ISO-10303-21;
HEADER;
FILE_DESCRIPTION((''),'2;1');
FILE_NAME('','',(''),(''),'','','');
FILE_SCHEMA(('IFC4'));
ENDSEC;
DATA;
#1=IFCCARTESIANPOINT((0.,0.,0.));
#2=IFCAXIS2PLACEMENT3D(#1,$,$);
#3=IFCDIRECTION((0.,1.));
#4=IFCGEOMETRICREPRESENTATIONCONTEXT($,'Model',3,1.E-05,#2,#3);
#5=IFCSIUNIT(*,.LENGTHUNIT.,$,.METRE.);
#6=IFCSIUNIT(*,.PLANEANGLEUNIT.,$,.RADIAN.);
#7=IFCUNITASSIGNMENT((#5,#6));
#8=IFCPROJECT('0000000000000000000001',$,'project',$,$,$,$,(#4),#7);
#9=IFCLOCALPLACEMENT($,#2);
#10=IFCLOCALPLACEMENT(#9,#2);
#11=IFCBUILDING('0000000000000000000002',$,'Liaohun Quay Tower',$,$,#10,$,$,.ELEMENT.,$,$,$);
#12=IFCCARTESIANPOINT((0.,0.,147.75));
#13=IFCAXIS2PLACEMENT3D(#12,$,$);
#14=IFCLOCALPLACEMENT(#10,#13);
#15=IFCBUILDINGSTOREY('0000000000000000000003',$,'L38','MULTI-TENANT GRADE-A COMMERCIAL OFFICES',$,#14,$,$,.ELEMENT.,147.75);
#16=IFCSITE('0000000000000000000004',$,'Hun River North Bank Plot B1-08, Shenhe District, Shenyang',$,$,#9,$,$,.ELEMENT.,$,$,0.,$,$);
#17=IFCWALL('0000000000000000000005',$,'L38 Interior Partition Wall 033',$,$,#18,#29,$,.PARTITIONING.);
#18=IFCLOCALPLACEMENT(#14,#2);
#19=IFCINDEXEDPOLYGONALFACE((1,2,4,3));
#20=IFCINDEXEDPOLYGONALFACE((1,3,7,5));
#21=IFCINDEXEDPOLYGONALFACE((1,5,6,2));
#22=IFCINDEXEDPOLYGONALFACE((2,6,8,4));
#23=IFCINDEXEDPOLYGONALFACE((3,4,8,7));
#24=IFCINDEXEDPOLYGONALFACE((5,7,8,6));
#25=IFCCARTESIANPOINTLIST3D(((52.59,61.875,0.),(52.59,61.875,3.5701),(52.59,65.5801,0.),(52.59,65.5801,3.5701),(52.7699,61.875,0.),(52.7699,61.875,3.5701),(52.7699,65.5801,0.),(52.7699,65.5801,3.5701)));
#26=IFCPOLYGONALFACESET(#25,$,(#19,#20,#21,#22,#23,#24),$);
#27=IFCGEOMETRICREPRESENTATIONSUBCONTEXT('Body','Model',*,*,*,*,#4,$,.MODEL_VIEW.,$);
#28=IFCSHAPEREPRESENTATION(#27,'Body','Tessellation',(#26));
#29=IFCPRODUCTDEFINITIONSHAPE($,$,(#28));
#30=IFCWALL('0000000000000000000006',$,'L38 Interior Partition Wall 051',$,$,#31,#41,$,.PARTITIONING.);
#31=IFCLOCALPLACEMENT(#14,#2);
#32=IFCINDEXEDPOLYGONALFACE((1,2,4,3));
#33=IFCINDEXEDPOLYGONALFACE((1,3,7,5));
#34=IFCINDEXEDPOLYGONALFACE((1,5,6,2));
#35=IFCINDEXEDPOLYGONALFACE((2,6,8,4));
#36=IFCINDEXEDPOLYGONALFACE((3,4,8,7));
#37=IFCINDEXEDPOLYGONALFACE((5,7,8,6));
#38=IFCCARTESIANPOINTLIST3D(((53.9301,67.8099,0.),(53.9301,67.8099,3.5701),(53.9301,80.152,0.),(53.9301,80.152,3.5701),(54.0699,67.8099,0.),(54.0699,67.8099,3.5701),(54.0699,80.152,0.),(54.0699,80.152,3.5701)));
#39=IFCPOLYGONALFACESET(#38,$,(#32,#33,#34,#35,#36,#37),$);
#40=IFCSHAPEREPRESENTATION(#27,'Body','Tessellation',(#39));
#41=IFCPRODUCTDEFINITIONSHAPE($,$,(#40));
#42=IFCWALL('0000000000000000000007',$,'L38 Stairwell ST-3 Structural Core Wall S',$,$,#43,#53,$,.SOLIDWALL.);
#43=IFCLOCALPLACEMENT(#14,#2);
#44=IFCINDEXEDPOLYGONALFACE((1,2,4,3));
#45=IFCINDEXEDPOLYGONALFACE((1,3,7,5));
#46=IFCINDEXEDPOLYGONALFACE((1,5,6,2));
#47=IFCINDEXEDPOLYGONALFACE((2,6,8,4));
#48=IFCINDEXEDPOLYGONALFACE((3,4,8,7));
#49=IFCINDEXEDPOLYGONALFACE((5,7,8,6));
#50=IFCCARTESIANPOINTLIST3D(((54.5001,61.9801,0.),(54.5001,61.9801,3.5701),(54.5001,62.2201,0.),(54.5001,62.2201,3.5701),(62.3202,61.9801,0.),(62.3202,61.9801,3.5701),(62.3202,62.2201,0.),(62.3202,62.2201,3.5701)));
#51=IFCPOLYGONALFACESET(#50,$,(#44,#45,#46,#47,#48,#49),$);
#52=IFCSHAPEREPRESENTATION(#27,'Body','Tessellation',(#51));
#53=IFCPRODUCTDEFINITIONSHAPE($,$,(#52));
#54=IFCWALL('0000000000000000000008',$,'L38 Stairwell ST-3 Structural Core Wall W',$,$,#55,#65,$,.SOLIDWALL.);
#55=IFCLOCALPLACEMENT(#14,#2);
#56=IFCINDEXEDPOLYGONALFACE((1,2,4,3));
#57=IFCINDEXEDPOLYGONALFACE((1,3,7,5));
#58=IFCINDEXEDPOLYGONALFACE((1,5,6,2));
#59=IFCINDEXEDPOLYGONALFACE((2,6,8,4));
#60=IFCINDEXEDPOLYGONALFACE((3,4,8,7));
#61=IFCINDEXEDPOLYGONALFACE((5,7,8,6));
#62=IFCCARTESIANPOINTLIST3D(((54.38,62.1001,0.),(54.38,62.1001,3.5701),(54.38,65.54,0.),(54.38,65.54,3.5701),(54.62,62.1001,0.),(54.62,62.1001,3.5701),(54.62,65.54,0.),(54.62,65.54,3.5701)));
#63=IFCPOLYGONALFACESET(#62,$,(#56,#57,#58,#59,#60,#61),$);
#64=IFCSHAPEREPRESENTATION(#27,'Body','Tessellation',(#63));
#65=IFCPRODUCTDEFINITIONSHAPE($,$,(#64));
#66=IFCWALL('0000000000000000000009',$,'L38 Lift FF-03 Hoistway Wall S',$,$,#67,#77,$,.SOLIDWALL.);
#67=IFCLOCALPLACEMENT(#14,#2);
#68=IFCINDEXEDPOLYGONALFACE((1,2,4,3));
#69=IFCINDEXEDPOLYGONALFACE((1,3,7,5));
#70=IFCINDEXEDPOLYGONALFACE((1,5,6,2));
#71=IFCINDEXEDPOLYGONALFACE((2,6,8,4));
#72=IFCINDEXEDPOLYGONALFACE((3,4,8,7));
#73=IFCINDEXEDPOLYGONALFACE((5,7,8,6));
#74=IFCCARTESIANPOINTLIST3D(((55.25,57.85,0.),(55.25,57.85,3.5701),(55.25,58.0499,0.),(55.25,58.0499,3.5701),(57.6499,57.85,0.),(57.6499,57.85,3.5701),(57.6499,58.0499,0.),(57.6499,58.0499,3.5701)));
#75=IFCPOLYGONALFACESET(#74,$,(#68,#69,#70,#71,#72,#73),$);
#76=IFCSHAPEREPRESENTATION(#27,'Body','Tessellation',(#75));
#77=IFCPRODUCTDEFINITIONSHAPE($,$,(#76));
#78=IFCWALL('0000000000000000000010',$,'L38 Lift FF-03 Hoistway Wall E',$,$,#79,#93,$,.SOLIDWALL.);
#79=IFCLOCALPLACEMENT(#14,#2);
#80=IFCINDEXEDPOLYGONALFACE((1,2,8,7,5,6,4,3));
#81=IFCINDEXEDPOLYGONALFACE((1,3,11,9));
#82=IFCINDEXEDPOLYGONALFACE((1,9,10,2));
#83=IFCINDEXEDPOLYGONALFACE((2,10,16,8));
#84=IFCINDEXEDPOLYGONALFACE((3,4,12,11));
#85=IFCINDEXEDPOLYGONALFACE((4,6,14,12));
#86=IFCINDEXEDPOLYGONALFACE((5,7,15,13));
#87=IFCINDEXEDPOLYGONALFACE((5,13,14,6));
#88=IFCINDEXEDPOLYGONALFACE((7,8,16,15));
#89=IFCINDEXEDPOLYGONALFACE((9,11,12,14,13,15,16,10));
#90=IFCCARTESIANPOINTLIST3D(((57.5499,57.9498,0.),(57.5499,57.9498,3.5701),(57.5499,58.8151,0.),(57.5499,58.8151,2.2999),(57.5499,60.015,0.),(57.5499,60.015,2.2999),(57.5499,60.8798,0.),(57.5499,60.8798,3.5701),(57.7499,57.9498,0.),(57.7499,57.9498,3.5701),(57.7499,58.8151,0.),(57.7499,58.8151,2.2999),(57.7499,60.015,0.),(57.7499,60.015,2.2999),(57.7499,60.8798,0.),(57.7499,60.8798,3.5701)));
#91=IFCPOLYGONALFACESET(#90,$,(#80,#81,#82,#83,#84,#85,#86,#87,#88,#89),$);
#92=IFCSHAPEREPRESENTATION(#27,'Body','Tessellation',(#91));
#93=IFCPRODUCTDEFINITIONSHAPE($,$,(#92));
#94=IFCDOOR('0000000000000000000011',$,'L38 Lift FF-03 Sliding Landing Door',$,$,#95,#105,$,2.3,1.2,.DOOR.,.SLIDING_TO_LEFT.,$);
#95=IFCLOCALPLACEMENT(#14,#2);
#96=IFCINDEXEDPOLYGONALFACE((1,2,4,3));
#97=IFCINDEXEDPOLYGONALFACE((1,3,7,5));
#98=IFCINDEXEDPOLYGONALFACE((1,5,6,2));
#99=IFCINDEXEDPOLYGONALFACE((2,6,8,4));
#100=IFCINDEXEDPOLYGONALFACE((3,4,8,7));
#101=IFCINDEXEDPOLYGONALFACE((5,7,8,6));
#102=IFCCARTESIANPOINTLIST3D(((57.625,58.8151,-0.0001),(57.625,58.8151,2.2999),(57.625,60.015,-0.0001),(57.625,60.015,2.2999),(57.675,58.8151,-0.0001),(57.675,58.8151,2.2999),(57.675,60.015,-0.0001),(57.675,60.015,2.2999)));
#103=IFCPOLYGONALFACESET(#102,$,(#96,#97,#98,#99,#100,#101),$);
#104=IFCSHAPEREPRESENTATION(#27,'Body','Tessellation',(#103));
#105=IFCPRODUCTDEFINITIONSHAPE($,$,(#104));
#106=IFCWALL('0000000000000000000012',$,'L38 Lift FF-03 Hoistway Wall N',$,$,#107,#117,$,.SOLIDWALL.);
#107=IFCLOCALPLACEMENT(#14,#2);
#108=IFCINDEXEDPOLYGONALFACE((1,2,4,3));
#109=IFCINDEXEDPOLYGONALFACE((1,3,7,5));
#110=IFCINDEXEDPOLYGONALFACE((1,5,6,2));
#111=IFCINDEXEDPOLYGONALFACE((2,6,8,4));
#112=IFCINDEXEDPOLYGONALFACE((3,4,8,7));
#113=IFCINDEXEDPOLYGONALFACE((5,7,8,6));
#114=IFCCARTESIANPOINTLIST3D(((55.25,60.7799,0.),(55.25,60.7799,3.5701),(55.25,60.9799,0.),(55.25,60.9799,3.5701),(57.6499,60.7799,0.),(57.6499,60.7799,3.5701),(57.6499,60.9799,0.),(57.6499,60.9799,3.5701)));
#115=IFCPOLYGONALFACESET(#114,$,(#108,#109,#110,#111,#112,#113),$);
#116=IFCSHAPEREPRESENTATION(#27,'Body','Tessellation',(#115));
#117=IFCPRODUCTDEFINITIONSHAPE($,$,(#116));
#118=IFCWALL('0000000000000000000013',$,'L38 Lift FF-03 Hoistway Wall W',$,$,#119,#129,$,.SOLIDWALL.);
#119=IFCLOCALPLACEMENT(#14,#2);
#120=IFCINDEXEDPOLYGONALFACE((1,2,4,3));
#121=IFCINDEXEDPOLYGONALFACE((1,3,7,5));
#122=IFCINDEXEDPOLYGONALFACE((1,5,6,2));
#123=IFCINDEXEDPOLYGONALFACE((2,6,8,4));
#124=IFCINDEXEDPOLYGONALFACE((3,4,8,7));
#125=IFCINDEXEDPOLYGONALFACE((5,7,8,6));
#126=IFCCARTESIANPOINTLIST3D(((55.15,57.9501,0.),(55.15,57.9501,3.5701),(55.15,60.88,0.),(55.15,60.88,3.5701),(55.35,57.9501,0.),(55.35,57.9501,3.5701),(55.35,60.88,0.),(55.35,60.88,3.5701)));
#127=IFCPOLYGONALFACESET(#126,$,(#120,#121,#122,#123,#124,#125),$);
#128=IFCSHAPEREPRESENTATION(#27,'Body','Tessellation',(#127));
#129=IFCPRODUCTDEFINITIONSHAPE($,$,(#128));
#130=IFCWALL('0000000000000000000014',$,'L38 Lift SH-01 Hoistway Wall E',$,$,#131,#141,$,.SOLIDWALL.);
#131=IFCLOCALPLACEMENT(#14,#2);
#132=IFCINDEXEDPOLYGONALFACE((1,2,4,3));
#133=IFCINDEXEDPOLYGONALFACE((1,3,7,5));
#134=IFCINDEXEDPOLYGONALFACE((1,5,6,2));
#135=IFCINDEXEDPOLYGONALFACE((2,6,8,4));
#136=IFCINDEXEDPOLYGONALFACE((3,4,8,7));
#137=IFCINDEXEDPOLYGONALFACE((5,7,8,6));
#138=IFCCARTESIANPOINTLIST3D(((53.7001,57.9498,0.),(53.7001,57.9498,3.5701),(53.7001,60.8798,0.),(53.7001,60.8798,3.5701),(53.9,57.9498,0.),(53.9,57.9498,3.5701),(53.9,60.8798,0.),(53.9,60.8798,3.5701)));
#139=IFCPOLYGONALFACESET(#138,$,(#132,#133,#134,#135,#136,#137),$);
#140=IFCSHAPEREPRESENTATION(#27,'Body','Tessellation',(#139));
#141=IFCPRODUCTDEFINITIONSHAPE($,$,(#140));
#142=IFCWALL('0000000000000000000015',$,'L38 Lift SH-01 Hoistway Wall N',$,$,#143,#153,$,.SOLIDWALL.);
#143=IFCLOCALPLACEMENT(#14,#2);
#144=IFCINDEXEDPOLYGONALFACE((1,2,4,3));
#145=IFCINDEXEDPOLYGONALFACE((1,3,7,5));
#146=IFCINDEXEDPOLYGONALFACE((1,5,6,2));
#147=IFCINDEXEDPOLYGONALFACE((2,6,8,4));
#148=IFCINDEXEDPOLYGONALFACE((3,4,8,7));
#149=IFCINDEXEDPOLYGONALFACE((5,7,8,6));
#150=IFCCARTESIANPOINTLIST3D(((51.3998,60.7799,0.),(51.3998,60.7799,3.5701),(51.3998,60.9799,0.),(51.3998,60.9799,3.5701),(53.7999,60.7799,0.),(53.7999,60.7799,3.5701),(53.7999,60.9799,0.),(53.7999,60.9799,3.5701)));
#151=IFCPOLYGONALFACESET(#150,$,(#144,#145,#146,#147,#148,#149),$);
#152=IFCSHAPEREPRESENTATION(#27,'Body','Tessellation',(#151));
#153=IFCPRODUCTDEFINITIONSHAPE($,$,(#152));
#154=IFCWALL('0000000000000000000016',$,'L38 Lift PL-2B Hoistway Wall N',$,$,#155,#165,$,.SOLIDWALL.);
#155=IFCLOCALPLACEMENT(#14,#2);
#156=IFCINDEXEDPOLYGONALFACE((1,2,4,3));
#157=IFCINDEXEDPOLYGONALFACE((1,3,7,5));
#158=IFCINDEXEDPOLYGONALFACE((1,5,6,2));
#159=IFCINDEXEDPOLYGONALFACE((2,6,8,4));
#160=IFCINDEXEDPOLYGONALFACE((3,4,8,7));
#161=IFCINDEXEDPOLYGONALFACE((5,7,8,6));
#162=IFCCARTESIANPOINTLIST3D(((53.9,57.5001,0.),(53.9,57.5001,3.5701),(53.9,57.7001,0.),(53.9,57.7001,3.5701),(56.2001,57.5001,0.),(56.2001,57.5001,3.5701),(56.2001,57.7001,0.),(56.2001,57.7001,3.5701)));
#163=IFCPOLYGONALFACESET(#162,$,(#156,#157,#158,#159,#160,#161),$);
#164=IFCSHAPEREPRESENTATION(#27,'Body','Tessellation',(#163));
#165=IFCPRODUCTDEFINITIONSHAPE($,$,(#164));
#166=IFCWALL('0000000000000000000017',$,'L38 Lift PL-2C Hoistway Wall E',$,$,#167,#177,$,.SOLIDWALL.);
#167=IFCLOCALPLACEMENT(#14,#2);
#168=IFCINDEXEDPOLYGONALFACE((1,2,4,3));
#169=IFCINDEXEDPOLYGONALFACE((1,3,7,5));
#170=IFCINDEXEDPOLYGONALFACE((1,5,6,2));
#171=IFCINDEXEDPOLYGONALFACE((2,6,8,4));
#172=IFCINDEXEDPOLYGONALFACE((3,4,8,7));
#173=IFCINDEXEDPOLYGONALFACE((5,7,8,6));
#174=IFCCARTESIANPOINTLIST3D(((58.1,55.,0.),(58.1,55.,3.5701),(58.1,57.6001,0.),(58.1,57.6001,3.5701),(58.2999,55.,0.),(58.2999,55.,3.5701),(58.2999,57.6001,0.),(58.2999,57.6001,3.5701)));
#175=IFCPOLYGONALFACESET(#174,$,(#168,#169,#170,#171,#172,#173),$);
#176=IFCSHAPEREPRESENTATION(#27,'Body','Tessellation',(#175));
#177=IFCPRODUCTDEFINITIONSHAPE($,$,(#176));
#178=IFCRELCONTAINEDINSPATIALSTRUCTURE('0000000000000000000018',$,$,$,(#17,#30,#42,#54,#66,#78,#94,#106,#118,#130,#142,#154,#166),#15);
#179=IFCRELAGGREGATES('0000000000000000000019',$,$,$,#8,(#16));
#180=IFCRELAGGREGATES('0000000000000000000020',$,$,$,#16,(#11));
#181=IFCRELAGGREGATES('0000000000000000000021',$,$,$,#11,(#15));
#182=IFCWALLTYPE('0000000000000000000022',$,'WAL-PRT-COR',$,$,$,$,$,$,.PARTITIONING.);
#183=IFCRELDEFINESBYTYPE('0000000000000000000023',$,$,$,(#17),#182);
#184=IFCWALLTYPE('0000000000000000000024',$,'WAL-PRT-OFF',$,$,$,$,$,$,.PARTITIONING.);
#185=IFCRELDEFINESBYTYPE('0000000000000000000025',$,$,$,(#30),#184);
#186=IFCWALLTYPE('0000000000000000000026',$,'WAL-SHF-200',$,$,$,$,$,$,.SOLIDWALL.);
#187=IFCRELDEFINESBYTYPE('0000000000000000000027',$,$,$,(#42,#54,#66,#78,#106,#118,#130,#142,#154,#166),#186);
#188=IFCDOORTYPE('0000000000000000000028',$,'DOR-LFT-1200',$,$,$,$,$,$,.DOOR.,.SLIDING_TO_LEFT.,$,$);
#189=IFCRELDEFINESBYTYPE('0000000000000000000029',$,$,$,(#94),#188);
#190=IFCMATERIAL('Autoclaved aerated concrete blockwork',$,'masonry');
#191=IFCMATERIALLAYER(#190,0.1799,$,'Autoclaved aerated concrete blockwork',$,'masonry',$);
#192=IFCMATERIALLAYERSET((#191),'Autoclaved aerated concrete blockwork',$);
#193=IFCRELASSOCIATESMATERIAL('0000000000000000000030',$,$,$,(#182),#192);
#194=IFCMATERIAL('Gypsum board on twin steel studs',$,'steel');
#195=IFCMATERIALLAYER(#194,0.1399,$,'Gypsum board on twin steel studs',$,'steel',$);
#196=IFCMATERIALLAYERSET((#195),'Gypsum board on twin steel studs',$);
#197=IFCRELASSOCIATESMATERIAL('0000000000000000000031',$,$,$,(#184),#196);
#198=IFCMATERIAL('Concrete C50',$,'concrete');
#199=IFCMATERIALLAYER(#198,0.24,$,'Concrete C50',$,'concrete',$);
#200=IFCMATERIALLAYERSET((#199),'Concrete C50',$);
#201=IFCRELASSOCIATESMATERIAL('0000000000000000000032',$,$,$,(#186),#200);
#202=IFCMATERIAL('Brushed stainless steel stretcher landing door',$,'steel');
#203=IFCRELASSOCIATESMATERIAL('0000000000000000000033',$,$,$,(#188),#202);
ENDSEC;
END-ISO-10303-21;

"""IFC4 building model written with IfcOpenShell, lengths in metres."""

from ifc_helpers import new_model, si_unit, direction, frame, frame_2d, origin, place, context, subcontext, project, spatial, rectangle, extrude, source, transform, mapped, material, layer, layer_set, type_object, element, fill, save


model = new_model("IFC4")

# Units and contexts
model_context = context("Model", 3, precision=1e-05, world=origin(), true_north=direction((0.0, 1.0)))
body_context = subcontext(model_context, "Body", "Model", "MODEL_VIEW")
ifc_project = project(units=[si_unit("LENGTHUNIT", "METRE"), si_unit("PLANEANGLEUNIT", "RADIAN")], contexts=[model_context])

# Site, building, storey
site_placement = place(None, origin())
site = spatial("IfcSite", under=ifc_project, at=site_placement, Name="Hun River North Bank Plot B1-08, Shenhe District, Shenyang", CompositionType="ELEMENT", RefElevation=0.0)
building_placement = place(site_placement, origin())
building = spatial("IfcBuilding", under=site, at=building_placement, Name="Liaohun Quay Tower", CompositionType="ELEMENT")
storey_placement = place(building_placement, frame((0.0, 0.0, 147.75)))
storey = spatial("IfcBuildingStorey", under=building, at=storey_placement, Name="L38", Description="MULTI-TENANT GRADE-A COMMERCIAL OFFICES", CompositionType="ELEMENT", Elevation=147.75)

# Shared definitions
ifc_material_1 = material(Name="Autoclaved aerated concrete blockwork", Category="masonry")
ifc_layer_1 = layer(ifc_material_1, 0.1799, Name="Autoclaved aerated concrete blockwork", Category="masonry")
ifc_layer_set_1 = layer_set([ifc_layer_1], Name="Autoclaved aerated concrete blockwork")
wall_type_1 = type_object("IfcWallType", Name="WAL-PRT-COR", PredefinedType="PARTITIONING", material=ifc_layer_set_1)

# Walls
wall_1_placement = place(storey_placement, frame((52.6799, 61.875, 0.0), z_axis=(0.0, 0.0, 1.0), x_axis=(0.0, 1.0, 0.0)))
element("IfcWall", 1, at=wall_1_placement, inside=storey, type_object=wall_type_1, Name="L38 Interior Partition Wall 033", PredefinedType="PARTITIONING", context=body_context, shape_type="SweptSolid", body=[
    extrude(rectangle(XDim=3.7051, YDim=0.1799, at=frame_2d((1.8525, 0.0))), origin(), (0.0, 0.0, 1.0), 3.5701),
])
ifc_material_2 = material(Name="Gypsum board on twin steel studs", Category="steel")
ifc_layer_2 = layer(ifc_material_2, 0.1399, Name="Gypsum board on twin steel studs", Category="steel")
ifc_layer_set_2 = layer_set([ifc_layer_2], Name="Gypsum board on twin steel studs")
wall_type_2 = type_object("IfcWallType", Name="WAL-PRT-OFF", PredefinedType="PARTITIONING", material=ifc_layer_set_2)
wall_2_placement = place(storey_placement, frame((54.0, 67.8101, 0.0), z_axis=(0.0, 0.0, 1.0), x_axis=(0.0, 1.0, 0.0)))
element("IfcWall", 2, at=wall_2_placement, inside=storey, type_object=wall_type_2, Name="L38 Interior Partition Wall 051", PredefinedType="PARTITIONING", context=body_context, shape_type="SweptSolid", body=[
    extrude(rectangle(XDim=12.342, YDim=0.1399, at=frame_2d((6.1709, 0.0))), origin(), (0.0, 0.0, 1.0), 3.5701),
])
ifc_material_3 = material(Name="Concrete C50", Category="concrete")
ifc_layer_3 = layer(ifc_material_3, 0.24, Name="Concrete C50", Category="concrete")
ifc_layer_set_3 = layer_set([ifc_layer_3], Name="Concrete C50")
wall_type_3 = type_object("IfcWallType", Name="WAL-SHF-200", PredefinedType="SOLIDWALL", material=ifc_layer_set_3)
wall_3_placement = place(storey_placement, frame((54.5, 62.1001, 0.0), z_axis=(0.0, 0.0, 1.0), x_axis=(1.0, 0.0, 0.0)))
element("IfcWall", 3, at=wall_3_placement, inside=storey, type_object=wall_type_3, Name="L38 Stairwell ST-3 Structural Core Wall S", PredefinedType="SOLIDWALL", context=body_context, shape_type="SweptSolid", body=[
    extrude(rectangle(XDim=7.8201, YDim=0.24, at=frame_2d((3.9102, 0.0))), origin(), (0.0, 0.0, 1.0), 3.5701),
])
wall_4_placement = place(storey_placement, frame((54.5, 65.54, 0.0), z_axis=(0.0, 0.0, 1.0), x_axis=(0.0, -1.0, 0.0)))
element("IfcWall", 4, at=wall_4_placement, inside=storey, type_object=wall_type_3, Name="L38 Stairwell ST-3 Structural Core Wall W", PredefinedType="SOLIDWALL", context=body_context, shape_type="SweptSolid", body=[
    extrude(rectangle(XDim=3.4399, YDim=0.24, at=frame_2d((1.72, 0.0))), origin(), (0.0, 0.0, 1.0), 3.5701),
])
wall_5_placement = place(storey_placement, frame((55.25, 57.95, 0.0), z_axis=(0.0, 0.0, 1.0), x_axis=(1.0, 0.0, 0.0)))
element("IfcWall", 5, at=wall_5_placement, inside=storey, type_object=wall_type_3, Name="L38 Lift FF-03 Hoistway Wall S", PredefinedType="SOLIDWALL", context=body_context, shape_type="SweptSolid", body=[
    extrude(rectangle(XDim=2.3999, YDim=0.2, at=frame_2d((1.2, 0.0))), origin(), (0.0, 0.0, 1.0), 3.5701),
])

# Wall, opening, door
wall_6_placement = place(storey_placement, frame((57.6499, 57.95, 0.0), z_axis=(0.0, 0.0, 1.0), x_axis=(0.0, 1.0, 0.0)))
wall_6 = element("IfcWall", 6, at=wall_6_placement, inside=storey, type_object=wall_type_3, Name="L38 Lift FF-03 Hoistway Wall E", PredefinedType="SOLIDWALL", context=body_context, shape_type="SweptSolid", body=[
    extrude(rectangle(XDim=2.9299, YDim=0.2, at=frame_2d((1.4648, 0.0))), origin(), (0.0, 0.0, 1.0), 3.5701),
])
shared_shape_1 = source(origin(), body_context, "Body", "SweptSolid", [
    extrude(rectangle(XDim=1.2, YDim=2.3, at=frame_2d((0.6001, 1.1499))), frame((0.0, 0.1099, 0.0), z_axis=(0.0, -1.0, 0.0), x_axis=(1.0, 0.0, 0.0)), (0.0, 0.0, 1.0), 0.22),
])
opening_1_placement = place(wall_6_placement, frame((0.865, 0.0, 0.0)))
opening_1 = element("IfcOpeningElement", 7, at=opening_1_placement, cuts=wall_6, PredefinedType="OPENING", context=body_context, shape_type="MappedRepresentation", body=[
    mapped(shared_shape_1, transform((0.0, 0.0, 0.0), x_axis=(1.0, 0.0, 0.0), y_axis=(0.0, 1.0, 0.0), z_axis=(0.0, 0.0, 1.0), scale=1.0)),
])
ifc_material_4 = material(Name="Brushed stainless steel stretcher landing door", Category="steel")
door_type_1 = type_object("IfcDoorType", Name="DOR-LFT-1200", OperationType="SLIDING_TO_LEFT", PredefinedType="DOOR", material=ifc_material_4)
shared_shape_2 = source(origin(), body_context, "Body", "SweptSolid", [
    extrude(rectangle(XDim=1.2, YDim=2.3, at=frame_2d((0.6001, 1.1499))), frame((0.0, 0.0249, 0.0), z_axis=(0.0, -1.0, 0.0), x_axis=(1.0, 0.0, 0.0)), (0.0, 0.0, 1.0), 0.05),
])
door_1_placement = place(opening_1_placement, origin())
door_1 = element("IfcDoor", 8, at=door_1_placement, inside=storey, type_object=door_type_1, Name="L38 Lift FF-03 Sliding Landing Door", OperationType="SLIDING_TO_LEFT", OverallHeight=2.3, OverallWidth=1.2, PredefinedType="DOOR", context=body_context, shape_type="MappedRepresentation", body=[
    mapped(shared_shape_2, transform((0.0, 0.0, 0.0), x_axis=(1.0, 0.0, 0.0), y_axis=(0.0, 1.0, 0.0), z_axis=(0.0, 0.0, 1.0), scale=1.0)),
])
fill(opening_1, door_1)

# Walls
wall_7_placement = place(storey_placement, frame((57.6499, 60.8799, 0.0), z_axis=(0.0, 0.0, 1.0), x_axis=(-1.0, 0.0, 0.0)))
element("IfcWall", 9, at=wall_7_placement, inside=storey, type_object=wall_type_3, Name="L38 Lift FF-03 Hoistway Wall N", PredefinedType="SOLIDWALL", context=body_context, shape_type="SweptSolid", body=[
    extrude(rectangle(XDim=2.3999, YDim=0.2, at=frame_2d((1.2, 0.0))), origin(), (0.0, 0.0, 1.0), 3.5701),
])
for number, where, z_axis, x_axis, name in (
    (10, (55.25, 60.8799, 0.0), (0.0, 0.0, 1.0), (0.0, -1.0, 0.0), "L38 Lift FF-03 Hoistway Wall W"),
    (11, (53.8, 57.95, 0.0), (0.0, 0.0, 1.0), (0.0, 1.0, 0.0), "L38 Lift SH-01 Hoistway Wall E"),
):
    element("IfcWall", number, at=place(storey_placement, frame(where, z_axis=z_axis, x_axis=x_axis)), inside=storey, type_object=wall_type_3, Name=name, PredefinedType="SOLIDWALL", context=body_context, shape_type="SweptSolid", body=[
        extrude(rectangle(XDim=2.9299, YDim=0.2, at=frame_2d((1.4648, 0.0))), origin(), (0.0, 0.0, 1.0), 3.5701),
    ])
wall_8_placement = place(storey_placement, frame((53.8, 60.8799, 0.0), z_axis=(0.0, 0.0, 1.0), x_axis=(-1.0, 0.0, 0.0)))
element("IfcWall", 12, at=wall_8_placement, inside=storey, type_object=wall_type_3, Name="L38 Lift SH-01 Hoistway Wall N", PredefinedType="SOLIDWALL", context=body_context, shape_type="SweptSolid", body=[
    extrude(rectangle(XDim=2.4001, YDim=0.2, at=frame_2d((1.2002, 0.0))), origin(), (0.0, 0.0, 1.0), 3.5701),
])
wall_9_placement = place(storey_placement, frame((56.2, 57.6001, 0.0), z_axis=(0.0, 0.0, 1.0), x_axis=(-1.0, 0.0, 0.0)))
element("IfcWall", 13, at=wall_9_placement, inside=storey, type_object=wall_type_3, Name="L38 Lift PL-2B Hoistway Wall N", PredefinedType="SOLIDWALL", context=body_context, shape_type="SweptSolid", body=[
    extrude(rectangle(XDim=2.3, YDim=0.2, at=frame_2d((1.1499, 0.0))), origin(), (0.0, 0.0, 1.0), 3.5701),
])
wall_10_placement = place(storey_placement, frame((58.2, 55.0, 0.0), z_axis=(0.0, 0.0, 1.0), x_axis=(0.0, 1.0, 0.0)))
element("IfcWall", 14, at=wall_10_placement, inside=storey, type_object=wall_type_3, Name="L38 Lift PL-2C Hoistway Wall E", PredefinedType="SOLIDWALL", context=body_context, shape_type="SweptSolid", body=[
    extrude(rectangle(XDim=2.6001, YDim=0.2, at=frame_2d((1.3, 0.0))), origin(), (0.0, 0.0, 1.0), 3.5701),
])

save(model, "model.ifc")
